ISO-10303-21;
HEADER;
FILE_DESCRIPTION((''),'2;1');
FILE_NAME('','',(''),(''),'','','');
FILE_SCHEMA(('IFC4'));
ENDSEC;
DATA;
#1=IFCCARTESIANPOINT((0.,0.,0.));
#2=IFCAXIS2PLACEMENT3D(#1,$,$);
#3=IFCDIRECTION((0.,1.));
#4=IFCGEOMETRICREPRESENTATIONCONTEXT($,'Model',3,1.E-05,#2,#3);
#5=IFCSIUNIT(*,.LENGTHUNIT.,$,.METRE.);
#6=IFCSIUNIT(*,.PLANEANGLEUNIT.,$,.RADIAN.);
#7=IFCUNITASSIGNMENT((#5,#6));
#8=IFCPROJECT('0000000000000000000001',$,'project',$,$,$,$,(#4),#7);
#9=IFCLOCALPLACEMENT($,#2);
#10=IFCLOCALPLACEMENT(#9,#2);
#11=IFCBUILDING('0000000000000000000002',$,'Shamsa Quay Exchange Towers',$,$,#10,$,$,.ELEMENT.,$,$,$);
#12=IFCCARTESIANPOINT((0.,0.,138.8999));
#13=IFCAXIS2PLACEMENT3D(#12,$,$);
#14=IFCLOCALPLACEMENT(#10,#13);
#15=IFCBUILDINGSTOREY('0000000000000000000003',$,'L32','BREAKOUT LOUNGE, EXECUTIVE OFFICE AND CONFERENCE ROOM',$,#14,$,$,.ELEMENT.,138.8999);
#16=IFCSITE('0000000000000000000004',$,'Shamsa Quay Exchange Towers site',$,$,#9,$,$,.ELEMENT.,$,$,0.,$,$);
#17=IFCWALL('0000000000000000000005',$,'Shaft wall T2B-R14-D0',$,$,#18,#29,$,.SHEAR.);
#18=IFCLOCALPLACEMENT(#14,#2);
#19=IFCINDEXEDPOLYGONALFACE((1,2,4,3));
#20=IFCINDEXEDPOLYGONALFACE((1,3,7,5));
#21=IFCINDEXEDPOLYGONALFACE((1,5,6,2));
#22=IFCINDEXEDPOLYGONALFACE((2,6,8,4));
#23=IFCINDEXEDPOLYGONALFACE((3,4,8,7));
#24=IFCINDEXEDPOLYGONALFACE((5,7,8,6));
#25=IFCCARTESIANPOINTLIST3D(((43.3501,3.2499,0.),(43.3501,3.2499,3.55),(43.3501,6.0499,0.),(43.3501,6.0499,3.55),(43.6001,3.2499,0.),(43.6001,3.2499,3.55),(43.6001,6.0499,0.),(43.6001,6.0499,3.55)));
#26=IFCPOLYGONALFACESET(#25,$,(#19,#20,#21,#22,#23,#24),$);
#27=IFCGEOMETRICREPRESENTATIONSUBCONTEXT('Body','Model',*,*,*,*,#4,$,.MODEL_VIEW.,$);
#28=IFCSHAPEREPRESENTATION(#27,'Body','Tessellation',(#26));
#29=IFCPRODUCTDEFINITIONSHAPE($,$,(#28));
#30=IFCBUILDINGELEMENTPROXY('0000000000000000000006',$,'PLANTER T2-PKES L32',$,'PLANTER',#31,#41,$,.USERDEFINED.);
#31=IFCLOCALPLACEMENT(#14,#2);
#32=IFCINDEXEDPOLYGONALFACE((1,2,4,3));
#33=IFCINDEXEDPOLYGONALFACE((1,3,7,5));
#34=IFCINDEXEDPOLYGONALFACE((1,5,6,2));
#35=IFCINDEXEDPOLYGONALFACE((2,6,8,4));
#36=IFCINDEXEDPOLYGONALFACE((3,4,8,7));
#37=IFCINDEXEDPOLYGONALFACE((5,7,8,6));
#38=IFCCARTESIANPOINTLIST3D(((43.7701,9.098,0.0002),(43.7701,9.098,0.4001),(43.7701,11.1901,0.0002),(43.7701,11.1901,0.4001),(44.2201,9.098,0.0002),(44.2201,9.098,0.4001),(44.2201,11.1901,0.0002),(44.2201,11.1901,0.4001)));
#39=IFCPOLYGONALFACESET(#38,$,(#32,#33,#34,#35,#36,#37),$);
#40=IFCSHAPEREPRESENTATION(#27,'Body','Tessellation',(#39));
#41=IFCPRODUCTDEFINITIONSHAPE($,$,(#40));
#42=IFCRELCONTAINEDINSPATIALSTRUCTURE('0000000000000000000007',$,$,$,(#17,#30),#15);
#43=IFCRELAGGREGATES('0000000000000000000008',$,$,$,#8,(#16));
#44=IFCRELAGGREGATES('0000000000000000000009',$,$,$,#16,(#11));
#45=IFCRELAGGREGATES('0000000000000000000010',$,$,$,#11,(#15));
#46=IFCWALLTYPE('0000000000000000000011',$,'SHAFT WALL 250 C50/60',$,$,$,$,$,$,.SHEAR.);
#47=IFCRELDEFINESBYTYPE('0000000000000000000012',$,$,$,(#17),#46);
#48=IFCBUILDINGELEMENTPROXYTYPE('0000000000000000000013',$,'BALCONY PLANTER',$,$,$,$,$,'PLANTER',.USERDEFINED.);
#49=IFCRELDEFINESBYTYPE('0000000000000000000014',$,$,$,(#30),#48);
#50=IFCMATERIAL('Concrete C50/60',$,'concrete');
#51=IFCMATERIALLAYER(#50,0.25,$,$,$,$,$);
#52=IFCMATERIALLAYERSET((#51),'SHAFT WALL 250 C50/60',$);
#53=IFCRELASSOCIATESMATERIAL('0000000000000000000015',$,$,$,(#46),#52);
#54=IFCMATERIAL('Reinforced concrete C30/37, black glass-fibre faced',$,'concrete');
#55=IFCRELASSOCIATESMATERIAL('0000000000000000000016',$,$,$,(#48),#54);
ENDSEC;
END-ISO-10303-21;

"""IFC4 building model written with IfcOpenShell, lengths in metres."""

from ifc_helpers import new_model, si_unit, direction, frame, frame_2d, origin, origin_2d, place, context, subcontext, project, spatial, rectangle, extrude, material, layer, layer_set, type_object, element, save


model = new_model("IFC4")

# Units and contexts
model_context = context("Model", 3, precision=1e-05, world=origin(), true_north=direction((0.0, 1.0)))
body_context = subcontext(model_context, "Body", "Model", "MODEL_VIEW")
ifc_project = project(units=[si_unit("LENGTHUNIT", "METRE"), si_unit("PLANEANGLEUNIT", "RADIAN")], contexts=[model_context])

# Site, building, storey
site_placement = place(None, origin())
site = spatial("IfcSite", under=ifc_project, at=site_placement, Name="Shamsa Quay Exchange Towers site", CompositionType="ELEMENT", RefElevation=0.0)
building_placement = place(site_placement, origin())
building = spatial("IfcBuilding", under=site, at=building_placement, Name="Shamsa Quay Exchange Towers", CompositionType="ELEMENT")
storey_placement = place(building_placement, frame((0.0, 0.0, 138.8999)))
storey = spatial("IfcBuildingStorey", under=building, at=storey_placement, Name="L32", Description="BREAKOUT LOUNGE, EXECUTIVE OFFICE AND CONFERENCE ROOM", CompositionType="ELEMENT", Elevation=138.8999)

# Shared definitions
ifc_material_1 = material(Name="Concrete C50/60", Category="concrete")
ifc_layer_1 = layer(ifc_material_1, 0.25)
ifc_layer_set_1 = layer_set([ifc_layer_1], Name="SHAFT WALL 250 C50/60")
wall_type_1 = type_object("IfcWallType", Name="SHAFT WALL 250 C50/60", PredefinedType="SHEAR", material=ifc_layer_set_1)

# Wall
wall_1_placement = place(storey_placement, frame((43.4751, 3.25, 0.0), z_axis=(0.0, 0.0, 1.0), x_axis=(0.0, 1.0, 0.0)))
element("IfcWall", 1, at=wall_1_placement, inside=storey, type_object=wall_type_1, Name="Shaft wall T2B-R14-D0", PredefinedType="SHEAR", context=body_context, shape_type="SweptSolid", body=[
    extrude(rectangle(XDim=2.8, YDim=0.25, at=frame_2d((1.3999, 0.0))), origin(), (0.0, 0.0, 1.0), 3.55),
])

# Building element proxy
ifc_material_2 = material(Name="Reinforced concrete C30/37, black glass-fibre faced", Category="concrete")
building_element_proxy_type = type_object("IfcBuildingElementProxyType", Name="BALCONY PLANTER", ElementType="PLANTER", PredefinedType="USERDEFINED", material=ifc_material_2)
proxy_placement = place(storey_placement, frame((43.9951, 10.144, 0.0002), z_axis=(0.0, 0.0, 1.0), x_axis=(0.0, 1.0, 0.0)))
element("IfcBuildingElementProxy", 2, at=proxy_placement, inside=storey, type_object=building_element_proxy_type, Name="PLANTER T2-PKES L32", ObjectType="PLANTER", PredefinedType="USERDEFINED", context=body_context, shape_type="SweptSolid", body=[
    extrude(rectangle(XDim=2.092, YDim=0.45, at=origin_2d()), origin(), (0.0, 0.0, 1.0), 0.3999),
])

save(model, "model.ifc")
